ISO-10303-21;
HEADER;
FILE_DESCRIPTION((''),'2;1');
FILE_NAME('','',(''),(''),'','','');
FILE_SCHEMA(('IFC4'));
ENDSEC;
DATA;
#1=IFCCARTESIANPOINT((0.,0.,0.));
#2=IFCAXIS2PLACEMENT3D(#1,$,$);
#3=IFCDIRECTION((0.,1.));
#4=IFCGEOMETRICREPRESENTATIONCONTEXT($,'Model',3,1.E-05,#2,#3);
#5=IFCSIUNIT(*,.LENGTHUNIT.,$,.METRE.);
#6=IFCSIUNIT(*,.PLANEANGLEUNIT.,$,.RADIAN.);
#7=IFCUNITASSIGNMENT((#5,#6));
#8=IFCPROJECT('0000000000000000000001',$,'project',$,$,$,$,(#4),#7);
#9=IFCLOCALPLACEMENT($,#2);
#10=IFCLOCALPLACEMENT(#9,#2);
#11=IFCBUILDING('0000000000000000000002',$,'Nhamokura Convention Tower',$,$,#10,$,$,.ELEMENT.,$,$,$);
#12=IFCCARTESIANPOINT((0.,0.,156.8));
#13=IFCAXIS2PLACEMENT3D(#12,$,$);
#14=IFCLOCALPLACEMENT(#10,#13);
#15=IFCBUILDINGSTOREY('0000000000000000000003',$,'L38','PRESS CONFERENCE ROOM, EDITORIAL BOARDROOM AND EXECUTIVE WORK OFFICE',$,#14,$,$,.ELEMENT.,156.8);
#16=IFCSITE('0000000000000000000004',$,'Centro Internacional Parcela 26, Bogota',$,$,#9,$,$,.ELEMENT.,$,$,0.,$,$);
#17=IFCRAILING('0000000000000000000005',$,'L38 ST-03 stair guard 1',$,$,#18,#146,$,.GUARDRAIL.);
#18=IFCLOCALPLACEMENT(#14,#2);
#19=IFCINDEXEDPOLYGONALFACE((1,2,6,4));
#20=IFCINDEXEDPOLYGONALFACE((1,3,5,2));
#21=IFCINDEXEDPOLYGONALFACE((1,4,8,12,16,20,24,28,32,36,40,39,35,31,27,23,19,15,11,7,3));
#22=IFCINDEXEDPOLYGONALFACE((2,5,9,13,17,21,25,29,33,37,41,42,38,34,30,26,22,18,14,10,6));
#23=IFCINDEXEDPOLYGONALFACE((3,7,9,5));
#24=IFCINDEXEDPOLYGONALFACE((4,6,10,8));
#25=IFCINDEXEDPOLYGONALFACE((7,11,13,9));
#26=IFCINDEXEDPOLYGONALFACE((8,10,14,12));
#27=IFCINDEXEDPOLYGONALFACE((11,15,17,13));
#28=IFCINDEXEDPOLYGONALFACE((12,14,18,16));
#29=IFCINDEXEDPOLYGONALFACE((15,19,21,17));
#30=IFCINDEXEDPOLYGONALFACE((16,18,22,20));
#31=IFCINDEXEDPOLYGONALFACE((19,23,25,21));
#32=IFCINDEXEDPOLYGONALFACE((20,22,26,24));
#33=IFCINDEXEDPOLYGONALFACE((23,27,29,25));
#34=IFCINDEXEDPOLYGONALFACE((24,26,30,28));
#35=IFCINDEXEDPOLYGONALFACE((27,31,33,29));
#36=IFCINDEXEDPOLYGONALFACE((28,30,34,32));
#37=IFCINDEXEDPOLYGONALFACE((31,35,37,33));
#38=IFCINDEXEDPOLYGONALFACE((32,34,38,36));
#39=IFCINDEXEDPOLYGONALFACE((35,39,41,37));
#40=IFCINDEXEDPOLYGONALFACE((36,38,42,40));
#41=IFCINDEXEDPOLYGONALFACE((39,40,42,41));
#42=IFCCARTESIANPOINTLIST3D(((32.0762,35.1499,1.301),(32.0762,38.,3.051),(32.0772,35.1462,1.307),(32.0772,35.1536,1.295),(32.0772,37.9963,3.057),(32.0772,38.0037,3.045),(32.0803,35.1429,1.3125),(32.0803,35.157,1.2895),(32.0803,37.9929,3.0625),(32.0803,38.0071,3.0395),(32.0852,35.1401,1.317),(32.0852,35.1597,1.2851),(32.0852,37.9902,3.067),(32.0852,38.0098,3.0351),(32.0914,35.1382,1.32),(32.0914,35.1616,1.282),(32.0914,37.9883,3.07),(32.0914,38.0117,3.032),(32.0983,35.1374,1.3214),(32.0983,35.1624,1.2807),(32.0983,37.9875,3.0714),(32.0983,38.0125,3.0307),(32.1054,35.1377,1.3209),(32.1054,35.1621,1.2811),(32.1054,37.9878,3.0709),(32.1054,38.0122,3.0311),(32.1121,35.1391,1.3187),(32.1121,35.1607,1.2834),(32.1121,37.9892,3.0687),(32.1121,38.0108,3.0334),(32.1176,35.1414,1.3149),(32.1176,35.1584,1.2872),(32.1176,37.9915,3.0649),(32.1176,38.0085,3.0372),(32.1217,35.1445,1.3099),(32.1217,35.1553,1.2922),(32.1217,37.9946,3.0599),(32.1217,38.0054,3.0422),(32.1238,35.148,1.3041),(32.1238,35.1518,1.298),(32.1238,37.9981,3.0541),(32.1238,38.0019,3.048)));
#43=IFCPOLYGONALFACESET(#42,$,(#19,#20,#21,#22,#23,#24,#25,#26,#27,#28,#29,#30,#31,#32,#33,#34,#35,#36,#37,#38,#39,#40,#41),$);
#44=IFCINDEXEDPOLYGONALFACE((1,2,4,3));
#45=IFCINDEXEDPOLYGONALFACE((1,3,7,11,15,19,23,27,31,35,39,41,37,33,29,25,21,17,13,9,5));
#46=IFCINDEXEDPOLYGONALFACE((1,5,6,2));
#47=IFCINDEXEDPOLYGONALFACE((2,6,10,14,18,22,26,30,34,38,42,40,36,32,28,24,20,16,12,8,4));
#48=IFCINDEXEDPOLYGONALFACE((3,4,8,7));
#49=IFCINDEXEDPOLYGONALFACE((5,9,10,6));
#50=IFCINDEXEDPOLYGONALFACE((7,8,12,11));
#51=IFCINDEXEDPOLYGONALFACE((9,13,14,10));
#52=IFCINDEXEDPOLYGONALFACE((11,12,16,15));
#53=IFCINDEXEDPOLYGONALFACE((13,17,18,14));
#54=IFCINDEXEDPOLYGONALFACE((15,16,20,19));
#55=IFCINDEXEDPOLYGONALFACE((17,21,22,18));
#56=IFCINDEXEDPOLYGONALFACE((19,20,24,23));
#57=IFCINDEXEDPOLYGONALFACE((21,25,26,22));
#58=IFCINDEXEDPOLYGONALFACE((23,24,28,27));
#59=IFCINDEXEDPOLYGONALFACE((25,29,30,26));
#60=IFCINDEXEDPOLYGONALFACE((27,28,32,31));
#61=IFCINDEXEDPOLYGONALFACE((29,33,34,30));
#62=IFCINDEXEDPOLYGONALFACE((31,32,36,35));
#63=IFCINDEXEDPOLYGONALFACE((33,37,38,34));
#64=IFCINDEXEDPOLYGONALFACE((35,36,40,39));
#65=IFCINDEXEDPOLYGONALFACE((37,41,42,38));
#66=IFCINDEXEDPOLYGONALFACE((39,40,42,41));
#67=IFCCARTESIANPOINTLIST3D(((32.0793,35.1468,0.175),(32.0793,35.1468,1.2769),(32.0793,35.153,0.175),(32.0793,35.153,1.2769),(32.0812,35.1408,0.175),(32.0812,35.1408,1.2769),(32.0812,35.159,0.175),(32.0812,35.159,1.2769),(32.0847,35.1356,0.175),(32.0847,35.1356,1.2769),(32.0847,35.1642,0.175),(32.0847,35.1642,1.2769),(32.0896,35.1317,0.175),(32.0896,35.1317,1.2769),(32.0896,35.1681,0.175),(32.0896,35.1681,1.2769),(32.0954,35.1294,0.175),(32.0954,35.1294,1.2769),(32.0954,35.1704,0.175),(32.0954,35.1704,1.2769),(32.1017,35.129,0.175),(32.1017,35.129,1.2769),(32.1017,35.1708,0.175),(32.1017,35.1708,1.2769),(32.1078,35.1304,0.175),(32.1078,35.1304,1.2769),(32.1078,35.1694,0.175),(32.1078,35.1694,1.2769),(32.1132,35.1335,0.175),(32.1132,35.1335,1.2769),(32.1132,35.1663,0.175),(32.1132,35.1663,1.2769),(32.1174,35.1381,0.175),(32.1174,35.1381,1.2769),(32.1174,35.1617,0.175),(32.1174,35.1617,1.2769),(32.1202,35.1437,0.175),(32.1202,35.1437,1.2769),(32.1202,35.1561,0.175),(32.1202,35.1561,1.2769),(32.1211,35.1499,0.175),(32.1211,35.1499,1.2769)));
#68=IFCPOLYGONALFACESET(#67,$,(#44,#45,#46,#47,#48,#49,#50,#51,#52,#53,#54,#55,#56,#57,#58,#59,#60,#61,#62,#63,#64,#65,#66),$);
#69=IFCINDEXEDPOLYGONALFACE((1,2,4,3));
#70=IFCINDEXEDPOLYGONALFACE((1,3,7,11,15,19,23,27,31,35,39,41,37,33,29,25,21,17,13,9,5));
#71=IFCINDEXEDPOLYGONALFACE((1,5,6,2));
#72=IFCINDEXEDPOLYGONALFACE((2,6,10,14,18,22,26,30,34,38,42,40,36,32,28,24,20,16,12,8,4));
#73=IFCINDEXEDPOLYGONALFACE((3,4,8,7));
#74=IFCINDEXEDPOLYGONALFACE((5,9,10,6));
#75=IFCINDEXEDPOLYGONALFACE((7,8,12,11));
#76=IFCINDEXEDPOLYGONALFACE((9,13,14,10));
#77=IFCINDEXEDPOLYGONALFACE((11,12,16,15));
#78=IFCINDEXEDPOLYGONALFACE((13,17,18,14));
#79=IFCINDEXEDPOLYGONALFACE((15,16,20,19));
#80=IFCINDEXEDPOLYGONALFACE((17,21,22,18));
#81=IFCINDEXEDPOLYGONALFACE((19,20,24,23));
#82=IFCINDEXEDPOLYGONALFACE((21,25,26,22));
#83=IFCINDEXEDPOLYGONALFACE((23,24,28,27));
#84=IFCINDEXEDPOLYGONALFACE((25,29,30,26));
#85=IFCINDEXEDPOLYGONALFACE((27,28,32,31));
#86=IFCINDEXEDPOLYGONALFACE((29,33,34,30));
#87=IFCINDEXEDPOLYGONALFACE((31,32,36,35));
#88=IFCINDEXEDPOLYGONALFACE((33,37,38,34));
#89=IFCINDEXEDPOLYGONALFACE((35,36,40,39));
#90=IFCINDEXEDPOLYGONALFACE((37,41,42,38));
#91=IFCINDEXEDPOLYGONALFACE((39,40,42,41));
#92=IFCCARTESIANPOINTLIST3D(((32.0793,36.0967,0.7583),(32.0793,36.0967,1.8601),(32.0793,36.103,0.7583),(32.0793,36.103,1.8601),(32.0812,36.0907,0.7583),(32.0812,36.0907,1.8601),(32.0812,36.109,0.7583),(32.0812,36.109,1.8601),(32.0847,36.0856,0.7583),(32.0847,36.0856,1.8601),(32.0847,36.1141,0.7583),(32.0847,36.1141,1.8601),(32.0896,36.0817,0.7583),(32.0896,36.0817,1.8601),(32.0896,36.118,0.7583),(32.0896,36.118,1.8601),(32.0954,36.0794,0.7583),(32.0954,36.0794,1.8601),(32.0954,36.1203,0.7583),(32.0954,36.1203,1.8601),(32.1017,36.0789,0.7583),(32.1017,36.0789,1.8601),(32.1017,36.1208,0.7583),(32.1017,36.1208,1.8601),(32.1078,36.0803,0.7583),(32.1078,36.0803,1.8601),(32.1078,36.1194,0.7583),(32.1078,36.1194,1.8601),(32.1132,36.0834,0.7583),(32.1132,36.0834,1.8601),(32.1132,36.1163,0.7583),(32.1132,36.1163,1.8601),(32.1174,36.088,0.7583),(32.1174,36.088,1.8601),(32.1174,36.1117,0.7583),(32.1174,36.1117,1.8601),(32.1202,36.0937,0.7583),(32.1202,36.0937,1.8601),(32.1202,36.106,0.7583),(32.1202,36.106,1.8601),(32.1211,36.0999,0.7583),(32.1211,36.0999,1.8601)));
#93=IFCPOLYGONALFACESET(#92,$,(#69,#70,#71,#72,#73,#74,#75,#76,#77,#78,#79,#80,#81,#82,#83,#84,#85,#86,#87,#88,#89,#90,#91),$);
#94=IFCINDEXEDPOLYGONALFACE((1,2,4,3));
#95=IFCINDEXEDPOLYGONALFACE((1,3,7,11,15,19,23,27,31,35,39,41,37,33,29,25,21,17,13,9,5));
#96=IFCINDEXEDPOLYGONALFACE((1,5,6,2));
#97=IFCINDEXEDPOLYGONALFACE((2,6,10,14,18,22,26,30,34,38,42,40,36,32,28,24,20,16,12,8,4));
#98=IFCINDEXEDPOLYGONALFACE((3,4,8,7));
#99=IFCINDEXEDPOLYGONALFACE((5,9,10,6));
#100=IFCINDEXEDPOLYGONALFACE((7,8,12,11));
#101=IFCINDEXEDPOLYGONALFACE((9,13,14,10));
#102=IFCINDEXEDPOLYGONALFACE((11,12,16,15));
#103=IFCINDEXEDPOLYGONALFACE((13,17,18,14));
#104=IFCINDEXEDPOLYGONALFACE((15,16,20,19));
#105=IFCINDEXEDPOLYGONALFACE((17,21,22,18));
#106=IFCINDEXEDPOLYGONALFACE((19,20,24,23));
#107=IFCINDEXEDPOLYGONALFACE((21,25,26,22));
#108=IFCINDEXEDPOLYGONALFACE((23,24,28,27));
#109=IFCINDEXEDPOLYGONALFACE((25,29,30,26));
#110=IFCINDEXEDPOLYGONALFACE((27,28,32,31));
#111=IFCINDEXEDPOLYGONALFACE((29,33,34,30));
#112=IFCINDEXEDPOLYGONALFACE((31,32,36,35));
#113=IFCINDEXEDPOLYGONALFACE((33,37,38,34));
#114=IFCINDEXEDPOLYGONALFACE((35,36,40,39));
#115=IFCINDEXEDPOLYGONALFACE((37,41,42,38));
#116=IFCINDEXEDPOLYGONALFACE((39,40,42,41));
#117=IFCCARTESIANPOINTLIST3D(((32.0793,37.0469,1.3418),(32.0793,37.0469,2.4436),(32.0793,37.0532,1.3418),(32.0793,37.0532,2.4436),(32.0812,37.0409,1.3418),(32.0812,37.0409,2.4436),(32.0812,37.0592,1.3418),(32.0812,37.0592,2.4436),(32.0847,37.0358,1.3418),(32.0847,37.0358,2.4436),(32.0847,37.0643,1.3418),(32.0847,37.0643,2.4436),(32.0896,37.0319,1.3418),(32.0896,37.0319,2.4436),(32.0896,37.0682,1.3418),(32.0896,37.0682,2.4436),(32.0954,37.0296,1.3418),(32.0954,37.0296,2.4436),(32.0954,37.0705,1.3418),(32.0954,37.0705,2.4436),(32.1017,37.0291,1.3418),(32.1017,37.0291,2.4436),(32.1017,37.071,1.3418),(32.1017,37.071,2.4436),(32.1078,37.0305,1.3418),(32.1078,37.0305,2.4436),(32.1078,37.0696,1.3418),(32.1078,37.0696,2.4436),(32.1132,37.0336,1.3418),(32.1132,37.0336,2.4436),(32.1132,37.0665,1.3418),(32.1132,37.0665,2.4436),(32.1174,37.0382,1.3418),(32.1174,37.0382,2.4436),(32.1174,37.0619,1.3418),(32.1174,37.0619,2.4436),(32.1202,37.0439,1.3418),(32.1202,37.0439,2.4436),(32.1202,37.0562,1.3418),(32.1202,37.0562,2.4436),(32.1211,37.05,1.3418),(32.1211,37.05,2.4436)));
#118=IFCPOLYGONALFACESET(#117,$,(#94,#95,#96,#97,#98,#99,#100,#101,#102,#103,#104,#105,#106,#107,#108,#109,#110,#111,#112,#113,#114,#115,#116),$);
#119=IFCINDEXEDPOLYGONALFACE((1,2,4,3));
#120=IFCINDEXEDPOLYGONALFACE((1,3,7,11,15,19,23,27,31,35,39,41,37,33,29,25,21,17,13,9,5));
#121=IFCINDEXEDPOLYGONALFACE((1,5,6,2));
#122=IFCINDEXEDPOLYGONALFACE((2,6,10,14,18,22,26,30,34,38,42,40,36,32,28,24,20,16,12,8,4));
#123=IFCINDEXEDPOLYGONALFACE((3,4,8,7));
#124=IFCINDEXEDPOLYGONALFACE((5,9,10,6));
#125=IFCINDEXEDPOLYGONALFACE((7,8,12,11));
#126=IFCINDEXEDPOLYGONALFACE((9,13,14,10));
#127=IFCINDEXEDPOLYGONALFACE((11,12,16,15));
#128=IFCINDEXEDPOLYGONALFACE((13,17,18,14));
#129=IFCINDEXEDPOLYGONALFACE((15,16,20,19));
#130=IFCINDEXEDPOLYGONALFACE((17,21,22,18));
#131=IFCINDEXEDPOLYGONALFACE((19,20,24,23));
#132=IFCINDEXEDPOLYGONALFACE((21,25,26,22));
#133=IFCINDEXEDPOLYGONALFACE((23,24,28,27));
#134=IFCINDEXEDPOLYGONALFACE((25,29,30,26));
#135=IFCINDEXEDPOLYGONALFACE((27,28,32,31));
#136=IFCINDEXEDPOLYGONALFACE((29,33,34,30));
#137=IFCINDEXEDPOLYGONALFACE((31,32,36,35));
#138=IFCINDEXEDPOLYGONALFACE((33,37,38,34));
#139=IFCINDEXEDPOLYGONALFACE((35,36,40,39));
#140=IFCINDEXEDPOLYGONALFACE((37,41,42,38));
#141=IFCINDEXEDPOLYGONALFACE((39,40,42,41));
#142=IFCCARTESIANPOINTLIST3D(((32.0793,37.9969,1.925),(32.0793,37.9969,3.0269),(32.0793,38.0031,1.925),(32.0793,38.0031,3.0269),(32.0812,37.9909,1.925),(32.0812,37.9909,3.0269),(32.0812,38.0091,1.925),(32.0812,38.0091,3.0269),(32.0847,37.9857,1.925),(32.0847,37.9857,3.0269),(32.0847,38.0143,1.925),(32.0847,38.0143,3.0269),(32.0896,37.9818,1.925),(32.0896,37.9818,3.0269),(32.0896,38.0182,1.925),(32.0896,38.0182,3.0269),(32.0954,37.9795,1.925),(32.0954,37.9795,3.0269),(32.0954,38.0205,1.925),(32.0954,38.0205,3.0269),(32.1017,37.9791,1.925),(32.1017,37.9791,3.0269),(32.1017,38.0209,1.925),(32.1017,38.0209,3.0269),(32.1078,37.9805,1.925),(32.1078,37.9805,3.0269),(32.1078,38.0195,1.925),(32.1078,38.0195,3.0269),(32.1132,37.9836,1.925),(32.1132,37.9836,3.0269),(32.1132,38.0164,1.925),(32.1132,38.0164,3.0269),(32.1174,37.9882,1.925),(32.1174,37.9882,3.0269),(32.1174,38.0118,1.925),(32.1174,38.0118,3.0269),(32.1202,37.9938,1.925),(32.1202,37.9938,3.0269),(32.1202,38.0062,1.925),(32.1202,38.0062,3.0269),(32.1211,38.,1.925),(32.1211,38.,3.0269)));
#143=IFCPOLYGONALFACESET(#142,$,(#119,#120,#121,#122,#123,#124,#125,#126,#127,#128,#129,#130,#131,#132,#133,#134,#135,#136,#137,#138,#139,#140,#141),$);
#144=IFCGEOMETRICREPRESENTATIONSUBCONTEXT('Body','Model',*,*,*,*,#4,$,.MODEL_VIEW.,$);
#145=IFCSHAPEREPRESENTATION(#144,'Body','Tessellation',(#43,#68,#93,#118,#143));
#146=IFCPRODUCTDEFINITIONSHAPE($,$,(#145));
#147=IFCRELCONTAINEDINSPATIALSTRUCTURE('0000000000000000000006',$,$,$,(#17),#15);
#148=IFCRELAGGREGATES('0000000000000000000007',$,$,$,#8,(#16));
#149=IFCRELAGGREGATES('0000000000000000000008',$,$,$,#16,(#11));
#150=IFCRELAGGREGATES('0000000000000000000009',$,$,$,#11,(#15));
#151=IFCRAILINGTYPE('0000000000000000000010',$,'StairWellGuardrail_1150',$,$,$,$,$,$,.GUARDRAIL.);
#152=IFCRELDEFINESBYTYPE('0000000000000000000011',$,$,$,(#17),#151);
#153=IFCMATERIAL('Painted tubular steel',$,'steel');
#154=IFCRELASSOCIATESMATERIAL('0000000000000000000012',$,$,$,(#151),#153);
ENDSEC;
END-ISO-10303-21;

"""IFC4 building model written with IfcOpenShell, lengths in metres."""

from ifc_helpers import new_model, si_unit, direction, frame, origin, origin_2d, place, context, subcontext, project, spatial, circle, extrude, material, type_object, element, save


model = new_model("IFC4")

# Units and contexts
model_context = context("Model", 3, precision=1e-05, world=origin(), true_north=direction((0.0, 1.0)))
body_context = subcontext(model_context, "Body", "Model", "MODEL_VIEW")
ifc_project = project(units=[si_unit("LENGTHUNIT", "METRE"), si_unit("PLANEANGLEUNIT", "RADIAN")], contexts=[model_context])

# Site, building, storey
site_placement = place(None, origin())
site = spatial("IfcSite", under=ifc_project, at=site_placement, Name="Centro Internacional Parcela 26, Bogota", CompositionType="ELEMENT", RefElevation=0.0)
building_placement = place(site_placement, origin())
building = spatial("IfcBuilding", under=site, at=building_placement, Name="Nhamokura Convention Tower", CompositionType="ELEMENT")
storey_placement = place(building_placement, frame((0.0, 0.0, 156.8)))
storey = spatial("IfcBuildingStorey", under=building, at=storey_placement, Name="L38", Description="PRESS CONFERENCE ROOM, EDITORIAL BOARDROOM AND EXECUTIVE WORK OFFICE", CompositionType="ELEMENT", Elevation=156.8)

# Railing
ifc_material_1 = material(Name="Painted tubular steel", Category="steel")
railing_type_1 = type_object("IfcRailingType", Name="StairWellGuardrail_1150", PredefinedType="GUARDRAIL", material=ifc_material_1)
railing_1_placement = place(storey_placement, frame((32.1001, 35.1499, 0.175)))
element("IfcRailing", 1, at=railing_1_placement, inside=storey, type_object=railing_type_1, Name="L38 ST-03 stair guard 1", PredefinedType="GUARDRAIL", context=body_context, shape_type="SweptSolid", body=[
    extrude(circle(Radius=0.0239, at=origin_2d()), frame((0.0, 0.0, 1.126), z_axis=(0.0, 0.852179, 0.52325), x_axis=(-1.0, 0.0, 0.0)), (0.0, 0.0, 1.0), 3.3445),
    extrude(circle(Radius=0.021, at=origin_2d()), origin(), (0.0, 0.0, 1.0), 1.1018),
    extrude(circle(Radius=0.021, at=origin_2d()), frame((0.0, 0.95, 0.5833)), (0.0, 0.0, 1.0), 1.1018),
    extrude(circle(Radius=0.021, at=origin_2d()), frame((0.0, 1.9001, 1.1667)), (0.0, 0.0, 1.0), 1.1018),
    extrude(circle(Radius=0.021, at=origin_2d()), frame((0.0, 2.8501, 1.75)), (0.0, 0.0, 1.0), 1.1018),
])

save(model, "model.ifc")
